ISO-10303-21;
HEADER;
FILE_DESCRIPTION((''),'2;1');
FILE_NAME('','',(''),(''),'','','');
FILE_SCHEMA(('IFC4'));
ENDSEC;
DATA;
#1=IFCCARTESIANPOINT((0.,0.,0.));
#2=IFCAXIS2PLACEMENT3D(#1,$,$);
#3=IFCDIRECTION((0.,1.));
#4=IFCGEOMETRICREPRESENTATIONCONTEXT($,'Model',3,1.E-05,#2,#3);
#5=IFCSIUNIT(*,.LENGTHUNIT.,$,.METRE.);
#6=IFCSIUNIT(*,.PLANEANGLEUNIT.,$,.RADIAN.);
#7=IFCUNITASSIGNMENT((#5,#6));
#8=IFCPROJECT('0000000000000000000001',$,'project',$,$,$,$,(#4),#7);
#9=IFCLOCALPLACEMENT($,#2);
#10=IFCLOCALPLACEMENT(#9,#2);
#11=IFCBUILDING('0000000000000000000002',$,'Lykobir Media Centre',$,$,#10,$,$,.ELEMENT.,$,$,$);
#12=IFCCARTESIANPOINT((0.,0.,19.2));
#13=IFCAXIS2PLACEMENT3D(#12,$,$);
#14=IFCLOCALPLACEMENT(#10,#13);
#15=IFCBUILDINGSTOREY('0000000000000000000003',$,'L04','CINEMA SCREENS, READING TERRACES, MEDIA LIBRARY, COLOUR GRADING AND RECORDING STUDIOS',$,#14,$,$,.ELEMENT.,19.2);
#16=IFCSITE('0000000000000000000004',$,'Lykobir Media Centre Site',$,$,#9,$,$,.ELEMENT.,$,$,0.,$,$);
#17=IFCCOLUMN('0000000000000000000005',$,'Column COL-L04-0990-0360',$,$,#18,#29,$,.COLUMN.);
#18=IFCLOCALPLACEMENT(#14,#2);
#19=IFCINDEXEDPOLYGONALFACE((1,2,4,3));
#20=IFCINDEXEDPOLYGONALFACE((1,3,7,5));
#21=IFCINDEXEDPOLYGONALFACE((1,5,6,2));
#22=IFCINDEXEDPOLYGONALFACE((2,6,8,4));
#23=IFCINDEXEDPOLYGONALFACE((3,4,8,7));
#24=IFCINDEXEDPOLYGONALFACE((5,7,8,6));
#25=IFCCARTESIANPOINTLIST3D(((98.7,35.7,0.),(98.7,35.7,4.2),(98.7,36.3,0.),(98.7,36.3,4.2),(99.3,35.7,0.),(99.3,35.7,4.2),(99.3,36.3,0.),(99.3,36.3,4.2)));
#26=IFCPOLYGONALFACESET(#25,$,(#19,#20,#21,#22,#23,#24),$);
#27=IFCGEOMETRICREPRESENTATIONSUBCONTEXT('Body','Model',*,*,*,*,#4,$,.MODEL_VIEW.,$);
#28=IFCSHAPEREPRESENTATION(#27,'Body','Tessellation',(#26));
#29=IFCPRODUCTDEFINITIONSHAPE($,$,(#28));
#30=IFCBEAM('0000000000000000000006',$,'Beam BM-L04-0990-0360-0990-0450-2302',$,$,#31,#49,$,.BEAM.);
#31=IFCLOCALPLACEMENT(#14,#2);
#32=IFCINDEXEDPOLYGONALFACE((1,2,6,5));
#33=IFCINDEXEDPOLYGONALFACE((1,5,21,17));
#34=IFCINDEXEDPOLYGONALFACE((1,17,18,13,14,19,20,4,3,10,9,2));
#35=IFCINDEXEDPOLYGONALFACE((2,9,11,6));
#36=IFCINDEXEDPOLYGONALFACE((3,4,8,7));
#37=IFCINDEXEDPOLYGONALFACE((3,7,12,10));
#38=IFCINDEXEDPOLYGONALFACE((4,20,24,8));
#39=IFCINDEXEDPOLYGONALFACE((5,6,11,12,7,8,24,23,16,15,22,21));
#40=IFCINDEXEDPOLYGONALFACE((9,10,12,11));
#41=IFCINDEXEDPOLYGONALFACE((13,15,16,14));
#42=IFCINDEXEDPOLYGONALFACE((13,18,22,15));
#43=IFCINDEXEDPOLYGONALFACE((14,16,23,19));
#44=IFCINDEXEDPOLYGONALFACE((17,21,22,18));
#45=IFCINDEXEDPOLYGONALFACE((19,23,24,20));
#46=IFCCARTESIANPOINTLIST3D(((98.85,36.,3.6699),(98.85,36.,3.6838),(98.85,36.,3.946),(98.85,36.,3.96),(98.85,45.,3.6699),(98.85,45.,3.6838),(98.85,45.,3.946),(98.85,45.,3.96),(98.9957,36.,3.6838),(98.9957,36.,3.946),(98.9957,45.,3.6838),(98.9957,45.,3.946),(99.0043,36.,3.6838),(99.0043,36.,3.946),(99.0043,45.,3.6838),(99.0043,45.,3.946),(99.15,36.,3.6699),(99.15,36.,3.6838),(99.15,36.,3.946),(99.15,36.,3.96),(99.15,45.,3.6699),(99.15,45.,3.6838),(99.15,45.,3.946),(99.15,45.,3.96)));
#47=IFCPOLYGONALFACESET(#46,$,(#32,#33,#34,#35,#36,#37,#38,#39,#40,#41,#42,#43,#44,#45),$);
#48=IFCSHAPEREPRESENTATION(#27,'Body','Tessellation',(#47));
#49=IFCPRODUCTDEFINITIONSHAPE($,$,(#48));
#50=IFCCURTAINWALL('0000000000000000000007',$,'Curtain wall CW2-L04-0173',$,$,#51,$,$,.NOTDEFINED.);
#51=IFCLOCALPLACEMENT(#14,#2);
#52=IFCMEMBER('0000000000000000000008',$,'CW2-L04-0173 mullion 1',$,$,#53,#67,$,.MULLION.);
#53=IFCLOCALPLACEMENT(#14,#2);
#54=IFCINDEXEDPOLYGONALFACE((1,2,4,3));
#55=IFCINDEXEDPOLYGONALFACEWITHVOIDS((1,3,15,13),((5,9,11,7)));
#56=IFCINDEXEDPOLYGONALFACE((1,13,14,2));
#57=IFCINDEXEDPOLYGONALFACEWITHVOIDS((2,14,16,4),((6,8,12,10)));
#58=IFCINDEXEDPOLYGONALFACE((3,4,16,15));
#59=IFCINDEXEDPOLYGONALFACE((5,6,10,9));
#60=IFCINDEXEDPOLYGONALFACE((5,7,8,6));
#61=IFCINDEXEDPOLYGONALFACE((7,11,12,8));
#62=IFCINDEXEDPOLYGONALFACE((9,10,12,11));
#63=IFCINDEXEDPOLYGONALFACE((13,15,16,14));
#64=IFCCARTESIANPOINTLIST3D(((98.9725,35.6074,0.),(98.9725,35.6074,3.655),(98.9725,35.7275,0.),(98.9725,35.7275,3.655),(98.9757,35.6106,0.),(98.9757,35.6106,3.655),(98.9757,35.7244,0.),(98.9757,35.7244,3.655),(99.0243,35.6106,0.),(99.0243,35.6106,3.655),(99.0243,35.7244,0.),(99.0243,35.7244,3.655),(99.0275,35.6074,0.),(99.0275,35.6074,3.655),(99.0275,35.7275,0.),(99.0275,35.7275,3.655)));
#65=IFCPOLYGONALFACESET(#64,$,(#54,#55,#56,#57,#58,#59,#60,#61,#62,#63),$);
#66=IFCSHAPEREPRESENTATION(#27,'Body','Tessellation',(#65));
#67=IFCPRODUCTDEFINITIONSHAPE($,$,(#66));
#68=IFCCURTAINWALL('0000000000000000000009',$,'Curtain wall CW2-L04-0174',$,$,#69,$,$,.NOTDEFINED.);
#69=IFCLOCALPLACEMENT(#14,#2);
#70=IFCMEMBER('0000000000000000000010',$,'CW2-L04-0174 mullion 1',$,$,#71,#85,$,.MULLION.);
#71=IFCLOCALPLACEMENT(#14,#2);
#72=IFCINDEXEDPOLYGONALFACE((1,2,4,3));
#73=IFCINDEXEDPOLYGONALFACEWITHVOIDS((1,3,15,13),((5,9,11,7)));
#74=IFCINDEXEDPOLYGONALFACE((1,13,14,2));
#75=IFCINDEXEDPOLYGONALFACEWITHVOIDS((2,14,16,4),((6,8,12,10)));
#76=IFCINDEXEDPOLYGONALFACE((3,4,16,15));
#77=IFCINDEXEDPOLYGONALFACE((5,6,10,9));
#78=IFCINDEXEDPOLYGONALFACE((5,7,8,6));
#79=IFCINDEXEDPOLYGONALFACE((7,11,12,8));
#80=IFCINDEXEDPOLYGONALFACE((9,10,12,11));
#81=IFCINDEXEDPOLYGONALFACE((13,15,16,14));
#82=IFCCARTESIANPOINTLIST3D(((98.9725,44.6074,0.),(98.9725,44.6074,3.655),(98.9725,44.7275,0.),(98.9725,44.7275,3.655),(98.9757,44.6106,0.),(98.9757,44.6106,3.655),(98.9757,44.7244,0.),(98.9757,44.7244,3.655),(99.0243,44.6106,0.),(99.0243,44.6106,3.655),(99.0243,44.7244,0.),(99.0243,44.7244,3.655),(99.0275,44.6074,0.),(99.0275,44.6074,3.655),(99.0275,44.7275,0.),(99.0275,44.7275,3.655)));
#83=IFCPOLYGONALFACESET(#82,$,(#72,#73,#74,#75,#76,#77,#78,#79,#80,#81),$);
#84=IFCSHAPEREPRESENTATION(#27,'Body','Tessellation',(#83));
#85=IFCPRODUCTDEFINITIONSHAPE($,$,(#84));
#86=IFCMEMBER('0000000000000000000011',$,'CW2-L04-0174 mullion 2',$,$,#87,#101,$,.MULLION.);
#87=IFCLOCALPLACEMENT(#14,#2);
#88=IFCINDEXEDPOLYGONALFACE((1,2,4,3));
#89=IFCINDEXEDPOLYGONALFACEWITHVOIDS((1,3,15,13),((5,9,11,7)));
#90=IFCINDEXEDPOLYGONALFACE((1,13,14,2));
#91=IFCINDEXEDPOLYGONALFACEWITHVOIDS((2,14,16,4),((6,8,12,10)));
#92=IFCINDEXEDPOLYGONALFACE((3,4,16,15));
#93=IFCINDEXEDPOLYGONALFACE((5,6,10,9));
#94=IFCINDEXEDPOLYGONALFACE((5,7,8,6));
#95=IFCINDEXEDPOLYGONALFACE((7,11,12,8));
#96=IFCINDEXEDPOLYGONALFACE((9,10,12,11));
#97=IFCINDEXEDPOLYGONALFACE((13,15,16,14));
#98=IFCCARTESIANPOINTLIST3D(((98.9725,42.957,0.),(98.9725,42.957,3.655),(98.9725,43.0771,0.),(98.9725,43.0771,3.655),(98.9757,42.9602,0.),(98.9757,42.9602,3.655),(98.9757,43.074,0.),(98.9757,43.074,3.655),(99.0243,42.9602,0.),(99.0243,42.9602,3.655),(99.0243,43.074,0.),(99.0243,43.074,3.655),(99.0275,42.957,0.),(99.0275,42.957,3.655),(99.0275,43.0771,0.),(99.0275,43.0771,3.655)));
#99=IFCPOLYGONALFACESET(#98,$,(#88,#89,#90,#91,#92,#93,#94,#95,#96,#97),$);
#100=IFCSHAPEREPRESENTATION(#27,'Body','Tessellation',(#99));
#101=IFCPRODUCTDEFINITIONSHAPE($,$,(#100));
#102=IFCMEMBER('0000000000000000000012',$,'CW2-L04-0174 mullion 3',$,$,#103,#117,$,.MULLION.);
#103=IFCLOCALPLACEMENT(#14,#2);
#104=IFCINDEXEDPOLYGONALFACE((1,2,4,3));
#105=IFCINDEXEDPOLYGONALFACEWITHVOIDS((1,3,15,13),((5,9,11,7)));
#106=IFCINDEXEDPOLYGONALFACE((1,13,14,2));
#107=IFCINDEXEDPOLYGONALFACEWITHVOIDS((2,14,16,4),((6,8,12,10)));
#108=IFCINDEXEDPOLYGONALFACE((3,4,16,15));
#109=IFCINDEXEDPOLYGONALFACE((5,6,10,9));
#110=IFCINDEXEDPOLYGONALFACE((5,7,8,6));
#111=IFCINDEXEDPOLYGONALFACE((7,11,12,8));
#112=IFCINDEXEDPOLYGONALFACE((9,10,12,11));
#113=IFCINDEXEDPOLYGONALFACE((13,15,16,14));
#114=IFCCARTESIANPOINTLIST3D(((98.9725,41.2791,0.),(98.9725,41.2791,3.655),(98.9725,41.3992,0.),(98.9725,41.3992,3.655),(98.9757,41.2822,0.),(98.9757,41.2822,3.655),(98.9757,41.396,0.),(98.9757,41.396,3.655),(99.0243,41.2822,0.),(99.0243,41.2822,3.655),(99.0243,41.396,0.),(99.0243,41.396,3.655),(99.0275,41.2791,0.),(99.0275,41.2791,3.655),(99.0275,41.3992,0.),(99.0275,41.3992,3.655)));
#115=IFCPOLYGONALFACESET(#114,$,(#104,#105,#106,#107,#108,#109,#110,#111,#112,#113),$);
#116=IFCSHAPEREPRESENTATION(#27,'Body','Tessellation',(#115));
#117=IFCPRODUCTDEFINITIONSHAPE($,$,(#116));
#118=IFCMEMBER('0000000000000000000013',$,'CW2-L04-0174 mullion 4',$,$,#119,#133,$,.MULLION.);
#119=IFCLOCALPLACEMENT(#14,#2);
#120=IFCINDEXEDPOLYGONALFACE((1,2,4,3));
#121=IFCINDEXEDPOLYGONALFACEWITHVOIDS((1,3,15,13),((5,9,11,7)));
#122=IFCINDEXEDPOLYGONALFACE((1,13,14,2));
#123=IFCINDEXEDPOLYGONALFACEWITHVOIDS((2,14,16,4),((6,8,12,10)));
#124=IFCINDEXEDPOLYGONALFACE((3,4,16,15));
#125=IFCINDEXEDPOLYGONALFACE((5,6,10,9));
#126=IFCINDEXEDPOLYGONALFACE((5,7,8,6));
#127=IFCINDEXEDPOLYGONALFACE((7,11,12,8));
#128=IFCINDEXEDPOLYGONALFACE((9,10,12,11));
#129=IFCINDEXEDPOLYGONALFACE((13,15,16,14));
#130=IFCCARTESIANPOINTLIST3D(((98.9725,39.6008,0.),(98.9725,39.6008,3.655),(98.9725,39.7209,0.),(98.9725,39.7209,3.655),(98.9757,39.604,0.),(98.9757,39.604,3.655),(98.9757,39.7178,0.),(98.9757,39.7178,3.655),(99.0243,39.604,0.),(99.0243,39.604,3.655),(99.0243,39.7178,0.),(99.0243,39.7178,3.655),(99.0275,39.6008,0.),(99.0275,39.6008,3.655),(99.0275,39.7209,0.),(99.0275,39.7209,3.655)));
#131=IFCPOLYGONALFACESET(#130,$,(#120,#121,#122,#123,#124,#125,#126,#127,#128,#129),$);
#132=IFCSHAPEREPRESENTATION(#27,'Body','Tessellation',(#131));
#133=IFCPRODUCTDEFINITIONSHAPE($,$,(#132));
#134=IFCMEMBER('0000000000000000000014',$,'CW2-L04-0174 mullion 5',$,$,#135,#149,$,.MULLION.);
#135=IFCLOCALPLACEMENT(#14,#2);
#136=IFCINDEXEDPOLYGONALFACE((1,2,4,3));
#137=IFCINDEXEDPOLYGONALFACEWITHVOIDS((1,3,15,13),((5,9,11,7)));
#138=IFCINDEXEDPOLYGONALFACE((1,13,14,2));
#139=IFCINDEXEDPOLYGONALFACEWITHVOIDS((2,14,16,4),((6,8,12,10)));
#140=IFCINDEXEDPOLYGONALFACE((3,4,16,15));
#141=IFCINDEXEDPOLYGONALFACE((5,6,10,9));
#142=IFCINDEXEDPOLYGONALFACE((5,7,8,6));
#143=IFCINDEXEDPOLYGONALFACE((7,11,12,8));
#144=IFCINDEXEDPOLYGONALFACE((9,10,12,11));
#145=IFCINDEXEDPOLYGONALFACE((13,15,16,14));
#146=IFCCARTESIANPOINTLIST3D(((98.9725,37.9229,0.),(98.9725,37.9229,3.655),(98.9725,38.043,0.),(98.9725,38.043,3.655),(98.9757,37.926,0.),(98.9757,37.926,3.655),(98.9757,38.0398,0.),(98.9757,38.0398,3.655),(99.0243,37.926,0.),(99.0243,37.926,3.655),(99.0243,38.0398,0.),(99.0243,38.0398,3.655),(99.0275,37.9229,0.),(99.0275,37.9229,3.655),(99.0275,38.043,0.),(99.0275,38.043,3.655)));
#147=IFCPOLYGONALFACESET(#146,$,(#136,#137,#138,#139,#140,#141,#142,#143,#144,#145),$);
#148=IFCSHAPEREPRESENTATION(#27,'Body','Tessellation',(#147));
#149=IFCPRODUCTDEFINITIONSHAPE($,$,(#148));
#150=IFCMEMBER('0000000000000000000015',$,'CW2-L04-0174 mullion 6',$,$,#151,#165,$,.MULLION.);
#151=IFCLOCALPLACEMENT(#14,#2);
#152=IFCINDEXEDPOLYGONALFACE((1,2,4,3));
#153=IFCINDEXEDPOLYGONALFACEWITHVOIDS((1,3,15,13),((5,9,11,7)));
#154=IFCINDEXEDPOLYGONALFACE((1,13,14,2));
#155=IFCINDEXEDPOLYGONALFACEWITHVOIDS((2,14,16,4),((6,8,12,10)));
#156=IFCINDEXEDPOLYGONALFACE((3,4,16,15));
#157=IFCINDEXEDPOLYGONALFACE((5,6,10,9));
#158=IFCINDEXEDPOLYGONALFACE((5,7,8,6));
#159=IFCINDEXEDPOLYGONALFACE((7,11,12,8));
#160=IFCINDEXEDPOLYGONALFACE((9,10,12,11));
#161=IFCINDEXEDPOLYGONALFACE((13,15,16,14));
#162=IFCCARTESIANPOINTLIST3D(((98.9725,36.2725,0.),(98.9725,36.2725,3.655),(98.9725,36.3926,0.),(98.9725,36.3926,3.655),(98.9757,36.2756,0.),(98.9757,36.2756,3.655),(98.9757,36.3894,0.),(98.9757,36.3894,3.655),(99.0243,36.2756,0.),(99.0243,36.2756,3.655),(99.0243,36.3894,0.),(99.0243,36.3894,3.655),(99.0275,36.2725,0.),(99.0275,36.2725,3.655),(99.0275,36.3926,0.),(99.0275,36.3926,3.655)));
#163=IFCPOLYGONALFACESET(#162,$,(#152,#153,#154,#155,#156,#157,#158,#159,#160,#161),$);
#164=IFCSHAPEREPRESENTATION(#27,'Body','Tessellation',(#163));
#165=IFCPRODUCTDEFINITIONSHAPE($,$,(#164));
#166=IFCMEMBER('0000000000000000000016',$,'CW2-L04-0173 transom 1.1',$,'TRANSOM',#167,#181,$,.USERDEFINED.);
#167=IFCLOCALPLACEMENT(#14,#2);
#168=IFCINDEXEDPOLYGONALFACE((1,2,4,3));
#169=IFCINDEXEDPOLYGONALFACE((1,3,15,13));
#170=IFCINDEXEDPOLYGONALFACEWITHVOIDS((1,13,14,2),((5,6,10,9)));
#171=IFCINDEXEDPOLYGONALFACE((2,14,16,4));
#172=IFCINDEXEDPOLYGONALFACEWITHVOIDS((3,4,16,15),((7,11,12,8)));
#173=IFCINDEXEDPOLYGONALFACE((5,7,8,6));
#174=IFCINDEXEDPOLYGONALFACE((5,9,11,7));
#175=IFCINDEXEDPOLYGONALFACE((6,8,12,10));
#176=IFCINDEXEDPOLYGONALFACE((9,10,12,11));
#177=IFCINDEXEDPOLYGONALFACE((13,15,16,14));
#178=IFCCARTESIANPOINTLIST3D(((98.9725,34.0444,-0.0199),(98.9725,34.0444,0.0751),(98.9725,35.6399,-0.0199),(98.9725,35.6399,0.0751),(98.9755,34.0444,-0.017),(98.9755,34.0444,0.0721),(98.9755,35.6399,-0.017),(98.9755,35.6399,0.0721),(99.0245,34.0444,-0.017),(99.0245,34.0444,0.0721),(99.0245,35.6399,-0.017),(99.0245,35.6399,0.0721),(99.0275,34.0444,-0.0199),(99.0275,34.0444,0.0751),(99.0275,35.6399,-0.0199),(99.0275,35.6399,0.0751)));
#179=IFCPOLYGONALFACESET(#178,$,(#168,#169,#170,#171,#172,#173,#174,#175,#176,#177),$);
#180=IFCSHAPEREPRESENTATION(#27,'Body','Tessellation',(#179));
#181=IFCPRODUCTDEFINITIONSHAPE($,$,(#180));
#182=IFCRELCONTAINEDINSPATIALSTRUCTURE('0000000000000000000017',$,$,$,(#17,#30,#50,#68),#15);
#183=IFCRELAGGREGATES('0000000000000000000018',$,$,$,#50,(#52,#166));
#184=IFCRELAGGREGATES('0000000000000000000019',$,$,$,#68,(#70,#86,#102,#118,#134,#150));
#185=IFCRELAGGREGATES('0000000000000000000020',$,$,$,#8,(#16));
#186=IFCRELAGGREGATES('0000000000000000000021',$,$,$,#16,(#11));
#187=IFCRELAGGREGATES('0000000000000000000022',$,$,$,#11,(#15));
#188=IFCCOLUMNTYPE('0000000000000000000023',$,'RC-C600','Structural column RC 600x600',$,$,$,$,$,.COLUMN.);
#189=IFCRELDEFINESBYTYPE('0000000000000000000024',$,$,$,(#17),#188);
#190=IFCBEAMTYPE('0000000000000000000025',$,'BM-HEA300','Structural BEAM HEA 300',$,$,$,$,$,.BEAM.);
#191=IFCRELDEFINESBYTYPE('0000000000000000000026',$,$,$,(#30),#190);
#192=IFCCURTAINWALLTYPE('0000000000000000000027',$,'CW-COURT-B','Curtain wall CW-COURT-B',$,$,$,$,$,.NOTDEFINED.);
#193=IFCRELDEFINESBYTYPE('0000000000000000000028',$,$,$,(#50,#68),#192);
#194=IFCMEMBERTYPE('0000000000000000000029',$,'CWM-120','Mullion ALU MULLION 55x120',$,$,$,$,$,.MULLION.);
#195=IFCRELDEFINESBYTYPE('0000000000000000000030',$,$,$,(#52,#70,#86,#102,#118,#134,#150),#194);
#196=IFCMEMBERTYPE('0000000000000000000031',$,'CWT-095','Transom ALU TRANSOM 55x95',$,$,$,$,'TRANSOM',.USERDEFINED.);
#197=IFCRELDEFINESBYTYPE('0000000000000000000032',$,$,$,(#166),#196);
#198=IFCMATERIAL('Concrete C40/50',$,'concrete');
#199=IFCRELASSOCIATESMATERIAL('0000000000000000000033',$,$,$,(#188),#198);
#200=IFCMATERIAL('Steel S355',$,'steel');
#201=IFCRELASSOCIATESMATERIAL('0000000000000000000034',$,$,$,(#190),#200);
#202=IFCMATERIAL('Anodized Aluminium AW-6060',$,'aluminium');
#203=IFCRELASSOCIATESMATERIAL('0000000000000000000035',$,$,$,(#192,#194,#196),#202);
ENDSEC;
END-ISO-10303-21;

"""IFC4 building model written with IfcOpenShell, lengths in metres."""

from ifc_helpers import new_model, si_unit, direction, frame, origin, origin_2d, place, context, subcontext, project, spatial, rectangle, hollow_rectangle, i_section, extrude, material, material_profile, profile_set, type_object, element, aggregate, save


model = new_model("IFC4")

# Units and contexts
model_context = context("Model", 3, precision=1e-05, world=origin(), true_north=direction((0.0, 1.0)))
body_context = subcontext(model_context, "Body", "Model", "MODEL_VIEW")
ifc_project = project(units=[si_unit("LENGTHUNIT", "METRE"), si_unit("PLANEANGLEUNIT", "RADIAN")], contexts=[model_context])

# Site, building, storey
site_placement = place(None, origin())
site = spatial("IfcSite", under=ifc_project, at=site_placement, Name="Lykobir Media Centre Site", CompositionType="ELEMENT", RefElevation=0.0)
building_placement = place(site_placement, origin())
building = spatial("IfcBuilding", under=site, at=building_placement, Name="Lykobir Media Centre", CompositionType="ELEMENT")
storey_placement = place(building_placement, frame((0.0, 0.0, 19.2)))
storey = spatial("IfcBuildingStorey", under=building, at=storey_placement, Name="L04", Description="CINEMA SCREENS, READING TERRACES, MEDIA LIBRARY, COLOUR GRADING AND RECORDING STUDIOS", CompositionType="ELEMENT", Elevation=19.2)

# Column
ifc_material_1 = material(Name="Concrete C40/50", Category="concrete")
ifc_material_profile_1 = material_profile(ifc_material_1, rectangle(XDim=0.6001, YDim=0.6001, at=origin_2d()), Name="RC 600x600")
ifc_profile_set_1 = profile_set([ifc_material_profile_1], Name="Concrete C40/50")
column_type = type_object("IfcColumnType", Name="RC-C600", Description="Structural column RC 600x600", PredefinedType="COLUMN", material=ifc_profile_set_1)
column_placement = place(storey_placement, frame((99.0, 36.0, 0.0), z_axis=(0.0, 0.0, 1.0), x_axis=(1.0, 0.0, 0.0)))
element("IfcColumn", 1, at=column_placement, inside=storey, type_object=column_type, Name="Column COL-L04-0990-0360", PredefinedType="COLUMN", context=body_context, shape_type="SweptSolid", body=[
    extrude(rectangle(XDim=0.6001, YDim=0.6001, at=origin_2d()), origin(), (0.0, 0.0, 1.0), 4.2),
])

# Beam
ifc_material_2 = material(Name="Steel S355", Category="steel")
ifc_material_profile_2 = material_profile(ifc_material_2, i_section(OverallWidth=0.3, OverallDepth=0.29, WebThickness=0.0085, FlangeThickness=0.0139, at=origin_2d()), Name="HEA 300")
ifc_profile_set_2 = profile_set([ifc_material_profile_2], Name="Steel S355")
beam_type = type_object("IfcBeamType", Name="BM-HEA300", Description="Structural BEAM HEA 300", PredefinedType="BEAM", material=ifc_profile_set_2)
beam_placement = place(storey_placement, frame((99.0, 36.0, 3.8149), z_axis=(0.0, 1.0, 0.0), x_axis=(-1.0, 0.0, 0.0)))
element("IfcBeam", 2, at=beam_placement, inside=storey, type_object=beam_type, Name="Beam BM-L04-0990-0360-0990-0450-2302", PredefinedType="BEAM", context=body_context, shape_type="SweptSolid", body=[
    extrude(i_section(OverallWidth=0.3, OverallDepth=0.29, WebThickness=0.0085, FlangeThickness=0.0139, at=origin_2d()), origin(), (0.0, 0.0, 1.0), 9.0),
])

# Curtain wall, member
ifc_material_3 = material(Name="Anodized Aluminium AW-6060", Category="aluminium")
curtain_wall_type = type_object("IfcCurtainWallType", Name="CW-COURT-B", Description="Curtain wall CW-COURT-B", PredefinedType="NOTDEFINED", material=ifc_material_3)
curtain_wall_1_placement = place(storey_placement, origin())
curtain_wall_1 = element("IfcCurtainWall", 3, at=curtain_wall_1_placement, inside=storey, type_object=curtain_wall_type, Name="Curtain wall CW2-L04-0173", PredefinedType="NOTDEFINED")
ifc_material_profile_3 = material_profile(ifc_material_3, hollow_rectangle(XDim=0.0549, YDim=0.1201, WallThickness=0.0032, at=origin_2d()), Name="ALU MULLION 55x120")
ifc_profile_set_3 = profile_set([ifc_material_profile_3], Name="Anodized Aluminium AW-6060")
member_type_1 = type_object("IfcMemberType", Name="CWM-120", Description="Mullion ALU MULLION 55x120", PredefinedType="MULLION", material=ifc_profile_set_3)
member_1_placement = place(storey_placement, frame((99.0, 35.6675, 0.0), z_axis=(0.0, 0.0, 1.0), x_axis=(1.0, 0.0, 0.0)))
member_1 = element("IfcMember", 4, at=member_1_placement, type_object=member_type_1, Name="CW2-L04-0173 mullion 1", PredefinedType="MULLION", context=body_context, shape_type="SweptSolid", body=[
    extrude(hollow_rectangle(XDim=0.0549, YDim=0.1201, WallThickness=0.0032, at=origin_2d()), origin(), (0.0, 0.0, 1.0), 3.655),
])

# Curtain wall, members
curtain_wall_2_placement = place(storey_placement, origin())
curtain_wall_2 = element("IfcCurtainWall", 5, at=curtain_wall_2_placement, inside=storey, type_object=curtain_wall_type, Name="Curtain wall CW2-L04-0174", PredefinedType="NOTDEFINED")
member_2_placement = place(storey_placement, frame((99.0, 44.6675, 0.0), z_axis=(0.0, 0.0, 1.0), x_axis=(1.0, 0.0, 0.0)))
member_2 = element("IfcMember", 6, at=member_2_placement, type_object=member_type_1, Name="CW2-L04-0174 mullion 1", PredefinedType="MULLION", context=body_context, shape_type="SweptSolid", body=[
    extrude(hollow_rectangle(XDim=0.0549, YDim=0.1201, WallThickness=0.0032, at=origin_2d()), origin(), (0.0, 0.0, 1.0), 3.655),
])
member_3_placement = place(storey_placement, frame((99.0, 43.0171, 0.0), z_axis=(0.0, 0.0, 1.0), x_axis=(1.0, 0.0, 0.0)))
member_3 = element("IfcMember", 7, at=member_3_placement, type_object=member_type_1, Name="CW2-L04-0174 mullion 2", PredefinedType="MULLION", context=body_context, shape_type="SweptSolid", body=[
    extrude(hollow_rectangle(XDim=0.0549, YDim=0.1201, WallThickness=0.0032, at=origin_2d()), origin(), (0.0, 0.0, 1.0), 3.655),
])
member_4_placement = place(storey_placement, frame((99.0, 41.3391, 0.0), z_axis=(0.0, 0.0, 1.0), x_axis=(1.0, 0.0, 0.0)))
member_4 = element("IfcMember", 8, at=member_4_placement, type_object=member_type_1, Name="CW2-L04-0174 mullion 3", PredefinedType="MULLION", context=body_context, shape_type="SweptSolid", body=[
    extrude(hollow_rectangle(XDim=0.0549, YDim=0.1201, WallThickness=0.0032, at=origin_2d()), origin(), (0.0, 0.0, 1.0), 3.655),
])
member_5_placement = place(storey_placement, frame((99.0, 39.6609, 0.0), z_axis=(0.0, 0.0, 1.0), x_axis=(1.0, 0.0, 0.0)))
member_5 = element("IfcMember", 9, at=member_5_placement, type_object=member_type_1, Name="CW2-L04-0174 mullion 4", PredefinedType="MULLION", context=body_context, shape_type="SweptSolid", body=[
    extrude(hollow_rectangle(XDim=0.0549, YDim=0.1201, WallThickness=0.0032, at=origin_2d()), origin(), (0.0, 0.0, 1.0), 3.655),
])
member_6_placement = place(storey_placement, frame((99.0, 37.9829, 0.0), z_axis=(0.0, 0.0, 1.0), x_axis=(1.0, 0.0, 0.0)))
member_6 = element("IfcMember", 10, at=member_6_placement, type_object=member_type_1, Name="CW2-L04-0174 mullion 5", PredefinedType="MULLION", context=body_context, shape_type="SweptSolid", body=[
    extrude(hollow_rectangle(XDim=0.0549, YDim=0.1201, WallThickness=0.0032, at=origin_2d()), origin(), (0.0, 0.0, 1.0), 3.655),
])
member_7_placement = place(storey_placement, frame((99.0, 36.3325, 0.0), z_axis=(0.0, 0.0, 1.0), x_axis=(1.0, 0.0, 0.0)))
member_7 = element("IfcMember", 11, at=member_7_placement, type_object=member_type_1, Name="CW2-L04-0174 mullion 6", PredefinedType="MULLION", context=body_context, shape_type="SweptSolid", body=[
    extrude(hollow_rectangle(XDim=0.0549, YDim=0.1201, WallThickness=0.0032, at=origin_2d()), origin(), (0.0, 0.0, 1.0), 3.655),
])

# Member
ifc_material_profile_4 = material_profile(ifc_material_3, hollow_rectangle(XDim=0.0549, YDim=0.095, WallThickness=0.0029, at=origin_2d()), Name="ALU TRANSOM 55x95")
ifc_profile_set_4 = profile_set([ifc_material_profile_4], Name="Anodized Aluminium AW-6060")
member_type_2 = type_object("IfcMemberType", Name="CWT-095", Description="Transom ALU TRANSOM 55x95", ElementType="TRANSOM", PredefinedType="USERDEFINED", material=ifc_profile_set_4)
member_8_placement = place(storey_placement, frame((99.0, 35.6399, 0.0276), z_axis=(0.0, -1.0, 0.0), x_axis=(1.0, 0.0, 0.0)))
member_8 = element("IfcMember", 12, at=member_8_placement, type_object=member_type_2, Name="CW2-L04-0173 transom 1.1", ObjectType="TRANSOM", PredefinedType="USERDEFINED", context=body_context, shape_type="SweptSolid", body=[
    extrude(hollow_rectangle(XDim=0.0549, YDim=0.095, WallThickness=0.0029, at=origin_2d()), origin(), (0.0, 0.0, 1.0), 1.5955),
])
aggregate(curtain_wall_1, [member_1, member_8])

aggregate(curtain_wall_2, [member_2, member_3, member_4, member_5, member_6, member_7])

save(model, "model.ifc")
